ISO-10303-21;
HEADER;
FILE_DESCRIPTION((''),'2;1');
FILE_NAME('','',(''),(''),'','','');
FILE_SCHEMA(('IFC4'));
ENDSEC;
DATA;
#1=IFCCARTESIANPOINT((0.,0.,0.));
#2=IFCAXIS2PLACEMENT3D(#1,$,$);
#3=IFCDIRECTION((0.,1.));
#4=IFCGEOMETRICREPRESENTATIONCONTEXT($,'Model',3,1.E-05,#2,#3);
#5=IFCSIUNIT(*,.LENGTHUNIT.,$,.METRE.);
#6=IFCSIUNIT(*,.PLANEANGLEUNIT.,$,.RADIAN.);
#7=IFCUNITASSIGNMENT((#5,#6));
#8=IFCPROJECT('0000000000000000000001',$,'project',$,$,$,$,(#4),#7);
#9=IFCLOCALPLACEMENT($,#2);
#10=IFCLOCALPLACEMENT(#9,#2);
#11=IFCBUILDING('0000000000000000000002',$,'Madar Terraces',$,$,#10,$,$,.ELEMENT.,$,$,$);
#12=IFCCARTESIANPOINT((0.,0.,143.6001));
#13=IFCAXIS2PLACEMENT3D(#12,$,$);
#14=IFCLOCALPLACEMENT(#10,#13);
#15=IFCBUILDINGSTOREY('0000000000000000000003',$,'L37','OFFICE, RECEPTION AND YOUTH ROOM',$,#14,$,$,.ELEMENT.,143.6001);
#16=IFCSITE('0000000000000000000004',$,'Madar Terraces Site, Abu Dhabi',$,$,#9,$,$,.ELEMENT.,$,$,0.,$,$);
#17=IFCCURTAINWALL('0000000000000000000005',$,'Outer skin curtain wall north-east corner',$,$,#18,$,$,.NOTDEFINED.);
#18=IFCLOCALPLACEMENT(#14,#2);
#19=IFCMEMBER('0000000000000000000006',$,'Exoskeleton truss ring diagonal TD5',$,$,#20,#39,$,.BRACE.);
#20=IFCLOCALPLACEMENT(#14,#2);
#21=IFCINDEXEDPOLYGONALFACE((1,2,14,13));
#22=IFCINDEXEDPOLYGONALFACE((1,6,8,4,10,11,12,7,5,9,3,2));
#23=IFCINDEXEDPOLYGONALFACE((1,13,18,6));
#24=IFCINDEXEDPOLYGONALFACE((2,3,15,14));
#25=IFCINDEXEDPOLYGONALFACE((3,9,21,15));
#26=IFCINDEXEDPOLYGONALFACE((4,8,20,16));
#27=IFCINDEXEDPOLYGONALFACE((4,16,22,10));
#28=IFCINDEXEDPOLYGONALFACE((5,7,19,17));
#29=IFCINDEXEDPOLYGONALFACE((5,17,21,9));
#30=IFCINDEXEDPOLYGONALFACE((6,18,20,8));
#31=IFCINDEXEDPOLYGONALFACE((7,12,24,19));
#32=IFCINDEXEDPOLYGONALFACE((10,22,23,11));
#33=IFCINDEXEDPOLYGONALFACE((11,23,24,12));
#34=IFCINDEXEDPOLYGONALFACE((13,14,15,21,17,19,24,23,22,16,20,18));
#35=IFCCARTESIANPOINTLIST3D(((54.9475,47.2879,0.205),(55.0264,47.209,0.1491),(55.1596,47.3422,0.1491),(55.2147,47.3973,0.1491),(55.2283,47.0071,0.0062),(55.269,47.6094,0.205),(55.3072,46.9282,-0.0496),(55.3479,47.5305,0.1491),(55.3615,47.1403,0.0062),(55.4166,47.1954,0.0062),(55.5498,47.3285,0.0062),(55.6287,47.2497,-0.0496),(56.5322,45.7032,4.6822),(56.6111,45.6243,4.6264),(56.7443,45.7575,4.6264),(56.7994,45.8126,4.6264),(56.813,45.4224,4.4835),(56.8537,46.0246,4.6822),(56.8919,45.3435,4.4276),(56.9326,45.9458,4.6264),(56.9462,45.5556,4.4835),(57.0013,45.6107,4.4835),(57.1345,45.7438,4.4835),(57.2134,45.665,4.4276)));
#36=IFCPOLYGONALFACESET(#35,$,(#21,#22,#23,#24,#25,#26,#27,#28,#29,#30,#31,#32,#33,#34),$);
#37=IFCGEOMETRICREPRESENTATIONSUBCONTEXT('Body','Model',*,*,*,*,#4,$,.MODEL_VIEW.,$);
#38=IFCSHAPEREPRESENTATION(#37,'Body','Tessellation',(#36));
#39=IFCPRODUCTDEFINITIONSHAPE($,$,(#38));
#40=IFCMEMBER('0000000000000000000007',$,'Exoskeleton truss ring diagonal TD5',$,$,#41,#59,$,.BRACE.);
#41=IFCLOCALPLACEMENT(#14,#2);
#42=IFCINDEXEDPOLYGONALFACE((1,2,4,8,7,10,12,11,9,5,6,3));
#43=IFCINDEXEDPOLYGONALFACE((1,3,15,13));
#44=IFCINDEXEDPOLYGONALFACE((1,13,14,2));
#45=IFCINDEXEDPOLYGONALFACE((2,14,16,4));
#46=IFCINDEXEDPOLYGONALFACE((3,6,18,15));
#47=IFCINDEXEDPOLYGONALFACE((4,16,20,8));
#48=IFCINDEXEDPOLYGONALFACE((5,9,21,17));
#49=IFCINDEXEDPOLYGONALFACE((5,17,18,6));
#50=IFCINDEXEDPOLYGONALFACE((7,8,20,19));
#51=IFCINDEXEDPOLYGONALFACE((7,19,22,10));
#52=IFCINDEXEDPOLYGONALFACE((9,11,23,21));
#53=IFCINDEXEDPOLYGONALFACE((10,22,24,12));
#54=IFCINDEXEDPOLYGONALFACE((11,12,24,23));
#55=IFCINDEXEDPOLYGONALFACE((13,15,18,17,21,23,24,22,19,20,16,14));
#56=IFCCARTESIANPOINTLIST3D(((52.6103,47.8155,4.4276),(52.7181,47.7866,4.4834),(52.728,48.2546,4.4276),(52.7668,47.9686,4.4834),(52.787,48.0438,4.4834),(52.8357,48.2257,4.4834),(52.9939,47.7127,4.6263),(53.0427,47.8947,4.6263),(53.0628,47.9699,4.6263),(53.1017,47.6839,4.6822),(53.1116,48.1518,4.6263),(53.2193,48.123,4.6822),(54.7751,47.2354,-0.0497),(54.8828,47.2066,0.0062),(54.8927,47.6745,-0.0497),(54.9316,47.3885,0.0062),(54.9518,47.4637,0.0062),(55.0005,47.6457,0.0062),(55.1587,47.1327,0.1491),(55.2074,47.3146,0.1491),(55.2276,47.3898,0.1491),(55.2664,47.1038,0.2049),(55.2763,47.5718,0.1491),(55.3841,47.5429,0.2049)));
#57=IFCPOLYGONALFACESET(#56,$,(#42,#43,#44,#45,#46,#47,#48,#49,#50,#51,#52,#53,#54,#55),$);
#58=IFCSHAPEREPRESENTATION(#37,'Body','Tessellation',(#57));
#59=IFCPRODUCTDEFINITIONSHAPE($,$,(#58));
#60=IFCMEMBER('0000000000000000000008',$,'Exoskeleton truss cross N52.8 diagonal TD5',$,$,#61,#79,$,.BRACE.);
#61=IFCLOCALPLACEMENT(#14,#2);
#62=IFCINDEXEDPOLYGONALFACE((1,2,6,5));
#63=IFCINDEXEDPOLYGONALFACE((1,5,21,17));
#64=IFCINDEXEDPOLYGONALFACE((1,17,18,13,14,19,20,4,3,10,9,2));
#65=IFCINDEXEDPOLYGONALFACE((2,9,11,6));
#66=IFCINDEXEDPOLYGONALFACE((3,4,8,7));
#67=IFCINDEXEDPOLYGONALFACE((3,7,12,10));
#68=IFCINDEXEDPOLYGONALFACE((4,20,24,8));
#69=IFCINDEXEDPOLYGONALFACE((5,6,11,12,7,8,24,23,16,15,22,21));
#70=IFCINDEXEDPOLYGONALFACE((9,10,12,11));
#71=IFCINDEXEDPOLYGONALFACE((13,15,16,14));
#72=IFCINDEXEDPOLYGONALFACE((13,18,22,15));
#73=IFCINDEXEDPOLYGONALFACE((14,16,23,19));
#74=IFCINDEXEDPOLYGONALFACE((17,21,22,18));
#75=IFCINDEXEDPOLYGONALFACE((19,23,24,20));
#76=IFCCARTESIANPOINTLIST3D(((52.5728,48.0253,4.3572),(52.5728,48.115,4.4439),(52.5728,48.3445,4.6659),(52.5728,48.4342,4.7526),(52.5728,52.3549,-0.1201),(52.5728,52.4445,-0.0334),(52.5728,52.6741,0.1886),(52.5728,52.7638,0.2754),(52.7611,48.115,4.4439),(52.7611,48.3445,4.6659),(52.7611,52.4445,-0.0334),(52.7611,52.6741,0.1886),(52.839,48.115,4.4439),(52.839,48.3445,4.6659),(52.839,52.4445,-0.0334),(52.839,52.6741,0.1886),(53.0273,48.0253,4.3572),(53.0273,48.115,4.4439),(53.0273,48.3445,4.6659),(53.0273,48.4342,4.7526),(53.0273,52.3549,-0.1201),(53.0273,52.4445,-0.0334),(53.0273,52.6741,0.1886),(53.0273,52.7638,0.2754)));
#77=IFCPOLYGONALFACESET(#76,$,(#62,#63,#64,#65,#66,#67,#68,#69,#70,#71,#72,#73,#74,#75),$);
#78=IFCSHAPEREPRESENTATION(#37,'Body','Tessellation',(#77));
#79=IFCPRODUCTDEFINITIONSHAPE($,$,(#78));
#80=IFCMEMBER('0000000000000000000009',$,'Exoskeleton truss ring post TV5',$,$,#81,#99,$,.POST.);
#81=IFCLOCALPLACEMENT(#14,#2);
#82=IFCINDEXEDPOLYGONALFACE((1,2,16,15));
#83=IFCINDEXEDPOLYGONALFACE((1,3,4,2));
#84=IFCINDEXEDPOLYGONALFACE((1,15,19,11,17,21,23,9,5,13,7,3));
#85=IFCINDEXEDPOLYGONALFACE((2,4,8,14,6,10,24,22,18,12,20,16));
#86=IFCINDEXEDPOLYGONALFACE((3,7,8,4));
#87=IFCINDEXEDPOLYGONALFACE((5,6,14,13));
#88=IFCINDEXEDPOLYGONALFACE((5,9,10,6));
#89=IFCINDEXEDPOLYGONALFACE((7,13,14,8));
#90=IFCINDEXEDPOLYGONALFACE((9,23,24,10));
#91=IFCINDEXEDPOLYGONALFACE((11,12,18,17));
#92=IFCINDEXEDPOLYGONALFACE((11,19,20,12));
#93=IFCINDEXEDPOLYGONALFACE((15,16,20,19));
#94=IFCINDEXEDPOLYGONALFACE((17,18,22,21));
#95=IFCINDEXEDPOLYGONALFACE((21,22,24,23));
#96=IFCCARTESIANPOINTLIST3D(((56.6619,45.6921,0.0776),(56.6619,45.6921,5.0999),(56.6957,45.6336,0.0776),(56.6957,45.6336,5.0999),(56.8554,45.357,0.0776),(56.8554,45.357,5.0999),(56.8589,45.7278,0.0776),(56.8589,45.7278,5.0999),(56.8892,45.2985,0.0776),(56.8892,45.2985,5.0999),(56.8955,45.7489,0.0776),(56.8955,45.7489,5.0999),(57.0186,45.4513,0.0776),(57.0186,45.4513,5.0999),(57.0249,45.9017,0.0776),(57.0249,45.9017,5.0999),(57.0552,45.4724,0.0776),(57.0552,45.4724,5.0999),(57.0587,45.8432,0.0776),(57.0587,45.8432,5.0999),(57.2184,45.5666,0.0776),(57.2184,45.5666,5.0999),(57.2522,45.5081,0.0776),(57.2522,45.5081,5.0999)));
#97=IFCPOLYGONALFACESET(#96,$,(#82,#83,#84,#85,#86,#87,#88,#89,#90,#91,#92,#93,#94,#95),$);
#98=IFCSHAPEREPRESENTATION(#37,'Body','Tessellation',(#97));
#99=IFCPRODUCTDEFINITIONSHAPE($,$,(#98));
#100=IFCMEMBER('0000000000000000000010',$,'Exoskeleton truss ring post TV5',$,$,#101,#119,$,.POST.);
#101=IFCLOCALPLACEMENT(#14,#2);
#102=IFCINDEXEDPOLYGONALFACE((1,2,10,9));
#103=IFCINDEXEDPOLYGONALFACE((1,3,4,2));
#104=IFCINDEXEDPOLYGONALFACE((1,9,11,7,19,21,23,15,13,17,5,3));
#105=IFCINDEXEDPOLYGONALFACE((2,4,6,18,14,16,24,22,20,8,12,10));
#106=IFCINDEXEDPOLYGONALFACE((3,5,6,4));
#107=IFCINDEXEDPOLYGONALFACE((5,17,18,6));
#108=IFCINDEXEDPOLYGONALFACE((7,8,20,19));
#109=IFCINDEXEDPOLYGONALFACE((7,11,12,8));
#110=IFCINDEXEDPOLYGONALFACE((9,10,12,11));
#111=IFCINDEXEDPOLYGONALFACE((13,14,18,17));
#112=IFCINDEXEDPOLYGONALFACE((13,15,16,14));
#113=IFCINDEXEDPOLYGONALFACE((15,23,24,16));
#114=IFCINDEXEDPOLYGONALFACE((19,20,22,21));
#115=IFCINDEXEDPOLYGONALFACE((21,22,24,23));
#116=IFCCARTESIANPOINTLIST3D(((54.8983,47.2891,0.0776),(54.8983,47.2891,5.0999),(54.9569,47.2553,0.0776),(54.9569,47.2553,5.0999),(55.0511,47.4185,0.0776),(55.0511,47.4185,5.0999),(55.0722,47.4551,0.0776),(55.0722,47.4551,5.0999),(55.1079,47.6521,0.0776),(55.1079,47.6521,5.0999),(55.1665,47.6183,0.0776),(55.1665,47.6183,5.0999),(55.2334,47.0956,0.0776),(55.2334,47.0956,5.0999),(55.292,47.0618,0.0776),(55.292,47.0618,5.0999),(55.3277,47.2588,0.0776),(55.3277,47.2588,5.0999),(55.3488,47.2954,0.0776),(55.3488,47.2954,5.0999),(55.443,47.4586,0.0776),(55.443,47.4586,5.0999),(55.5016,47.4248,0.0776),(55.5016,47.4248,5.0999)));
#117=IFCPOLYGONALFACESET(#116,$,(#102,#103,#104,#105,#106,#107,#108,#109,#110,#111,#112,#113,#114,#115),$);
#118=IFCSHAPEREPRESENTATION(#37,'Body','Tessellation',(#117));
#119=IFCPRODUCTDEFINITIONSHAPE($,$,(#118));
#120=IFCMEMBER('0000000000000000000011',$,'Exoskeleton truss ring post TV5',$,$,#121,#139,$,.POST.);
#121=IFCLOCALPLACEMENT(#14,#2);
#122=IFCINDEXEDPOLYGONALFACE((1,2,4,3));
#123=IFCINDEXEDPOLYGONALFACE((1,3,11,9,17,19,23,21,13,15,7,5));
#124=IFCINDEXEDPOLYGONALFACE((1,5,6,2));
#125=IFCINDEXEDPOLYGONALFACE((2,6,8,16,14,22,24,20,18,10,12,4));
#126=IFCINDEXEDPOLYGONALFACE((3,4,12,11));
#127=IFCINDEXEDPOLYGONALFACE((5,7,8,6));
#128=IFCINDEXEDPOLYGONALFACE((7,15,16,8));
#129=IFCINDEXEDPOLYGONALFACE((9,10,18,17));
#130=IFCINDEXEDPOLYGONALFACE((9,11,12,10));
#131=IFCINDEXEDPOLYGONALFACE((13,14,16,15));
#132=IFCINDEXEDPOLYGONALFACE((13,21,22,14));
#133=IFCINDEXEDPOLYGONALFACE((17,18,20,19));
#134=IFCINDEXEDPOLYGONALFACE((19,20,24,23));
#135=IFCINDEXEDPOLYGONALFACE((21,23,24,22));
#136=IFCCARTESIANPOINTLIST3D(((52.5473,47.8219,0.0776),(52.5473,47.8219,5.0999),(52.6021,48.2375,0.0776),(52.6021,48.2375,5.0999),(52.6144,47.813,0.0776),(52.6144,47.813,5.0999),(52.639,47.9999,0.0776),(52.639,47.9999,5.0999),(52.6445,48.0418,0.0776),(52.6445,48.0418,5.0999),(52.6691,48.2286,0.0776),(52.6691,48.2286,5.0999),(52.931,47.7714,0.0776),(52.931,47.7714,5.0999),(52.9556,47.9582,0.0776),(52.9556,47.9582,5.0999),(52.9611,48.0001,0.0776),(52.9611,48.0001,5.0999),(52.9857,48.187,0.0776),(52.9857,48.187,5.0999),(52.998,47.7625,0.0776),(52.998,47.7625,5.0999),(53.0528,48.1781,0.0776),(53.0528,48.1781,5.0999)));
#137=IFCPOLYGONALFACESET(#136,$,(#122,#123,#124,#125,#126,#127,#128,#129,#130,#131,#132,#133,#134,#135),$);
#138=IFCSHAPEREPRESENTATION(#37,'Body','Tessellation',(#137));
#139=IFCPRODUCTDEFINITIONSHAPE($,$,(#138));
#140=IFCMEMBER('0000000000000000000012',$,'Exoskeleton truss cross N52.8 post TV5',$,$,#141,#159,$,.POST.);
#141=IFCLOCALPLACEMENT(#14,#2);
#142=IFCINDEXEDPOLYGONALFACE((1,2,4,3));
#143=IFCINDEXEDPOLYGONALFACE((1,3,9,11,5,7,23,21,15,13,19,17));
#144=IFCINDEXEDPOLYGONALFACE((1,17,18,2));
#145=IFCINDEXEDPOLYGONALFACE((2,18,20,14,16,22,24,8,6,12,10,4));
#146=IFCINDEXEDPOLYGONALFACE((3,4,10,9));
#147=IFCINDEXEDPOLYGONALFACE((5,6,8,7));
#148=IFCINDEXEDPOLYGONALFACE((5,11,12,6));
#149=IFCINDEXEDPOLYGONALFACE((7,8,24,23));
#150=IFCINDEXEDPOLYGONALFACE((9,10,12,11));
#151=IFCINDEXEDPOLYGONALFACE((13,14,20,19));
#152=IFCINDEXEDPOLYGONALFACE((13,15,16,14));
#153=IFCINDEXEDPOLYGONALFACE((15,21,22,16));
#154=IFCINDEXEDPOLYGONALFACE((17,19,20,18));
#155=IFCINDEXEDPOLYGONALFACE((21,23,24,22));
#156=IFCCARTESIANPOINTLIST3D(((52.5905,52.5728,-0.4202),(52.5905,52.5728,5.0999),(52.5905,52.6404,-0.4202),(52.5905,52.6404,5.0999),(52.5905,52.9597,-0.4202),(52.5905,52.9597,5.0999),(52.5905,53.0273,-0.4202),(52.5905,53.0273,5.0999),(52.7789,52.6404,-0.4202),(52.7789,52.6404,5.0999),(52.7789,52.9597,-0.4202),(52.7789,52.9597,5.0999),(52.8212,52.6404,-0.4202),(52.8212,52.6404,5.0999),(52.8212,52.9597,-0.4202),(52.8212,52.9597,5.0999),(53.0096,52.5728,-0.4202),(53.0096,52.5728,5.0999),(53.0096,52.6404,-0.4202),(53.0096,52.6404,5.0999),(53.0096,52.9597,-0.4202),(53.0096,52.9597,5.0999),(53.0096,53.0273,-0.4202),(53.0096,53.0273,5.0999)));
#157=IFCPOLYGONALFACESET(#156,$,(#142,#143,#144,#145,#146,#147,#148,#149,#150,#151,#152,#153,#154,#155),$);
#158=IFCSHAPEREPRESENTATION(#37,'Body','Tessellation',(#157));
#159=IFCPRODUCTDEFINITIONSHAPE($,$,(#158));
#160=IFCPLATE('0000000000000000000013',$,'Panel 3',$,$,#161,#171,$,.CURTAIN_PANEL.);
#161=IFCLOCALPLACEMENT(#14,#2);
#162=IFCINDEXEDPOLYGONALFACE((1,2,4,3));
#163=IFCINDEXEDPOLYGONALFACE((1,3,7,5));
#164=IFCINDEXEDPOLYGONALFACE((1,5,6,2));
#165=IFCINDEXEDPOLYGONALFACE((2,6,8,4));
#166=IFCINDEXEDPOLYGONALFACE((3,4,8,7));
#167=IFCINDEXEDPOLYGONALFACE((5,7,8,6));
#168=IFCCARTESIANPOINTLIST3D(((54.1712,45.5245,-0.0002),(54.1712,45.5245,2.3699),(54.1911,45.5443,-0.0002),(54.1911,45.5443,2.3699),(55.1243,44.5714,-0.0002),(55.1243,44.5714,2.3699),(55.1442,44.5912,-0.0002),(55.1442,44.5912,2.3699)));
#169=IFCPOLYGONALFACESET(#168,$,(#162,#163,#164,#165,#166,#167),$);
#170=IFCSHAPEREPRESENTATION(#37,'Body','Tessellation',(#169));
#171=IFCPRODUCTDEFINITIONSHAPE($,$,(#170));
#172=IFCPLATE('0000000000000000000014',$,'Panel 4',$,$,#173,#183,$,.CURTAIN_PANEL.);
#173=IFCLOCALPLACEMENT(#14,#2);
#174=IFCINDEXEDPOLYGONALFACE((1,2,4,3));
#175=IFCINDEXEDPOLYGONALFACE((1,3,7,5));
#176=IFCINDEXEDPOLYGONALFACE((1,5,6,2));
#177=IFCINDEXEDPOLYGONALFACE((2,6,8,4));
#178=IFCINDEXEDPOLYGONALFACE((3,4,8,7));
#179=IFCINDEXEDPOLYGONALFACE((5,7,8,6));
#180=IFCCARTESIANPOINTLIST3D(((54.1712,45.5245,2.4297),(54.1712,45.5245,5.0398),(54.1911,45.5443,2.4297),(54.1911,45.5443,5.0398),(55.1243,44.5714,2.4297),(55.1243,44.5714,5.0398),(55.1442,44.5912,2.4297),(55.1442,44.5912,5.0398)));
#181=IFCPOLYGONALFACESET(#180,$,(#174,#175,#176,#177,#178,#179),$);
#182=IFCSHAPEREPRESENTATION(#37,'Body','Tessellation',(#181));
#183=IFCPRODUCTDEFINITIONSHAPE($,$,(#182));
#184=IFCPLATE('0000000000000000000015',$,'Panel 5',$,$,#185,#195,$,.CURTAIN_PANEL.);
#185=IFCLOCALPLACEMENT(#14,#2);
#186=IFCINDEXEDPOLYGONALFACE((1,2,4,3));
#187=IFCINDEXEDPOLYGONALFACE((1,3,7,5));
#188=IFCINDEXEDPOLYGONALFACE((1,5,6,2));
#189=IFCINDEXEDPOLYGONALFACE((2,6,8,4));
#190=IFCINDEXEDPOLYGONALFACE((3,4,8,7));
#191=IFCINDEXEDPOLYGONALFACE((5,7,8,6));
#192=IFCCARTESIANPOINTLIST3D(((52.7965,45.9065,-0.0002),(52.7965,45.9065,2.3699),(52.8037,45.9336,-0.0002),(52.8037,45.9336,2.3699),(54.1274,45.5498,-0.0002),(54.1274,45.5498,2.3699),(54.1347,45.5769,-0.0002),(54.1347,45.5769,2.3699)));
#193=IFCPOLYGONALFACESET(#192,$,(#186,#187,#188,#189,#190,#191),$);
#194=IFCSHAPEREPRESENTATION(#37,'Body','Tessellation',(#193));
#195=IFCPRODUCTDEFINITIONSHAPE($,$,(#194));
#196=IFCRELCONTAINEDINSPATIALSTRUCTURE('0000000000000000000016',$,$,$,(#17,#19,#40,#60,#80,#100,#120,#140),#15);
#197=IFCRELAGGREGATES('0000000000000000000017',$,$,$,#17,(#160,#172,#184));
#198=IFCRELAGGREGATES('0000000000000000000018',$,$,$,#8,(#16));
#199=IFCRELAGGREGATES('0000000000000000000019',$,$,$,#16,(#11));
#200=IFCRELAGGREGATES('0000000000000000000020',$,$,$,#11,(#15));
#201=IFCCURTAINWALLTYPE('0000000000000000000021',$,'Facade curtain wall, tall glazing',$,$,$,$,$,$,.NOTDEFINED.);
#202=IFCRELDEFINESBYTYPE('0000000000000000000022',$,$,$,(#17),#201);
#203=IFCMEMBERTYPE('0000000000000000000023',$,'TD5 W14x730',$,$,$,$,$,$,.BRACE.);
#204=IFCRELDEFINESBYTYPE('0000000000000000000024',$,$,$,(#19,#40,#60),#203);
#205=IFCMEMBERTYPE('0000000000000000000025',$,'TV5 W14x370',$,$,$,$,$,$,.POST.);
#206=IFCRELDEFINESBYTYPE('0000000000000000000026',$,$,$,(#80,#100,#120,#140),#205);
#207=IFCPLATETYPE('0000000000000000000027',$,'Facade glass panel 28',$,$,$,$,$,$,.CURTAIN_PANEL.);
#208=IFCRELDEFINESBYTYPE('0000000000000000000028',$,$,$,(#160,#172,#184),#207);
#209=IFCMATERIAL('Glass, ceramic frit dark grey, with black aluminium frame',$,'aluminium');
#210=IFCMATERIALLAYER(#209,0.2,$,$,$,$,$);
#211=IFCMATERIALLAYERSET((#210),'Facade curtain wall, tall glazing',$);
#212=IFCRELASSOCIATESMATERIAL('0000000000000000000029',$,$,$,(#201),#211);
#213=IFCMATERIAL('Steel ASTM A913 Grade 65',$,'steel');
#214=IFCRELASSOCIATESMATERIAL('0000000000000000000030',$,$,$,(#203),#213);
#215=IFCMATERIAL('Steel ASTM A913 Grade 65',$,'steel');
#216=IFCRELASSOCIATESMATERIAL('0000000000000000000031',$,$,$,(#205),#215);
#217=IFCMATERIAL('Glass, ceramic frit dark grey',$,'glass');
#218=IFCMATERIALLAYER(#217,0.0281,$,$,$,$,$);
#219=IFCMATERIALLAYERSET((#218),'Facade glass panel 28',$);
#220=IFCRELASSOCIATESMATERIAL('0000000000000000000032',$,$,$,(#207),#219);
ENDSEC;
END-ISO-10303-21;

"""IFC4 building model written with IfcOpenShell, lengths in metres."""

from ifc_helpers import new_model, si_unit, direction, frame, origin, origin_2d, place, context, subcontext, project, spatial, rectangle, i_section, extrude, material, layer, layer_set, material_profile, profile_set, type_object, element, aggregate, save


model = new_model("IFC4")

# Units and contexts
model_context = context("Model", 3, precision=1e-05, world=origin(), true_north=direction((0.0, 1.0)))
body_context = subcontext(model_context, "Body", "Model", "MODEL_VIEW")
ifc_project = project(units=[si_unit("LENGTHUNIT", "METRE"), si_unit("PLANEANGLEUNIT", "RADIAN")], contexts=[model_context])

# Site, building, storey
site_placement = place(None, origin())
site = spatial("IfcSite", under=ifc_project, at=site_placement, Name="Madar Terraces Site, Abu Dhabi", CompositionType="ELEMENT", RefElevation=0.0)
building_placement = place(site_placement, origin())
building = spatial("IfcBuilding", under=site, at=building_placement, Name="Madar Terraces", CompositionType="ELEMENT")
storey_placement = place(building_placement, frame((0.0, 0.0, 143.6001)))
storey = spatial("IfcBuildingStorey", under=building, at=storey_placement, Name="L37", Description="OFFICE, RECEPTION AND YOUTH ROOM", CompositionType="ELEMENT", Elevation=143.6001)

# Curtain wall
ifc_material_1 = material(Name="Glass, ceramic frit dark grey, with black aluminium frame", Category="aluminium")
ifc_layer_1 = layer(ifc_material_1, 0.2)
ifc_layer_set_1 = layer_set([ifc_layer_1], Name="Facade curtain wall, tall glazing")
curtain_wall_type = type_object("IfcCurtainWallType", Name="Facade curtain wall, tall glazing", PredefinedType="NOTDEFINED", material=ifc_layer_set_1)
curtain_wall_placement = place(storey_placement, origin())
curtain_wall = element("IfcCurtainWall", 1, at=curtain_wall_placement, inside=storey, type_object=curtain_wall_type, Name="Outer skin curtain wall north-east corner", PredefinedType="NOTDEFINED")

# Members
ifc_material_2 = material(Name="Steel ASTM A913 Grade 65", Category="steel")
ifc_material_profile_1 = material_profile(ifc_material_2, i_section(OverallWidth=0.4546, OverallDepth=0.5688, WebThickness=0.0779, FlangeThickness=0.1248, at=origin_2d()), Name="W14x730")
ifc_profile_set_1 = profile_set([ifc_material_profile_1], Name="Steel ASTM A913 Grade 65")
member_type_1 = type_object("IfcMemberType", Name="TD5 W14x730", PredefinedType="BRACE", material=ifc_profile_set_1)
for number, where, z_axis, x_axis, name in (
    (2, (56.8728, 45.6841, 4.5549), (-0.316508, 0.316508, -0.894229), (-0.707107, -0.707107, 0.0), "Exoskeleton truss ring diagonal TD5"),
    (3, (55.0796, 47.3892, 0.0776), (-0.432363, 0.115856, 0.894226), (-0.258829, -0.965923, 0.0), "Exoskeleton truss ring diagonal TD5"),
):
    element("IfcMember", number, at=place(storey_placement, frame(where, z_axis=z_axis, x_axis=x_axis)), inside=storey, type_object=member_type_1, Name=name, PredefinedType="BRACE", context=body_context, shape_type="SweptSolid", body=[
        extrude(i_section(OverallWidth=0.4546, OverallDepth=0.5688, WebThickness=0.0779, FlangeThickness=0.1248, at=origin_2d()), origin(), (0.0, 0.0, 1.0), 5.0068),
    ])
member_1_placement = place(storey_placement, frame((52.8, 52.5593, 0.0776), z_axis=(0.0, -0.69515, 0.718865), x_axis=(1.0, 0.0, 0.0)))
element("IfcMember", 4, at=member_1_placement, inside=storey, type_object=member_type_1, Name="Exoskeleton truss cross N52.8 diagonal TD5", PredefinedType="BRACE", context=body_context, shape_type="SweptSolid", body=[
    extrude(i_section(OverallWidth=0.4546, OverallDepth=0.5688, WebThickness=0.0779, FlangeThickness=0.1248, at=origin_2d()), origin(), (0.0, 0.0, 1.0), 6.2283),
])
ifc_material_3 = material(Name="Steel ASTM A913 Grade 65", Category="steel")
ifc_material_profile_2 = material_profile(ifc_material_3, i_section(OverallWidth=0.4192, OverallDepth=0.4546, WebThickness=0.0422, FlangeThickness=0.0676, at=origin_2d()), Name="W14x370")
ifc_profile_set_2 = profile_set([ifc_material_profile_2], Name="Steel ASTM A913 Grade 65")
member_type_2 = type_object("IfcMemberType", Name="TV5 W14x370", PredefinedType="POST", material=ifc_profile_set_2)
for number, where, z_axis, x_axis, name in (
    (5, (56.957, 45.6001, 0.0776), (0.0, 0.0, 1.0), (-0.866025, -0.5, 0.0), "Exoskeleton truss ring post TV5"),
    (6, (55.2, 47.3569, 0.0776), (0.0, 0.0, 1.0), (-0.5, -0.866025, 0.0), "Exoskeleton truss ring post TV5"),
    (7, (52.8, 48.0, 0.0776), (0.0, 0.0, 1.0), (-0.130526, -0.991445, 0.0), "Exoskeleton truss ring post TV5"),
):
    element("IfcMember", number, at=place(storey_placement, frame(where, z_axis=z_axis, x_axis=x_axis)), inside=storey, type_object=member_type_2, Name=name, PredefinedType="POST", context=body_context, shape_type="SweptSolid", body=[
        extrude(i_section(OverallWidth=0.4192, OverallDepth=0.4546, WebThickness=0.0422, FlangeThickness=0.0676, at=origin_2d()), origin(), (0.0, 0.0, 1.0), 5.0222),
    ])
member_2_placement = place(storey_placement, frame((52.8, 52.8, -0.4202), z_axis=(0.0, 0.0, 1.0), x_axis=(-1.0, 0.0, 0.0)))
element("IfcMember", 8, at=member_2_placement, inside=storey, type_object=member_type_2, Name="Exoskeleton truss cross N52.8 post TV5", PredefinedType="POST", context=body_context, shape_type="SweptSolid", body=[
    extrude(i_section(OverallWidth=0.4192, OverallDepth=0.4546, WebThickness=0.0422, FlangeThickness=0.0676, at=origin_2d()), origin(), (0.0, 0.0, 1.0), 5.52),
])

# Plates
ifc_material_4 = material(Name="Glass, ceramic frit dark grey", Category="glass")
ifc_layer_2 = layer(ifc_material_4, 0.0281)
ifc_layer_set_2 = layer_set([ifc_layer_2], Name="Facade glass panel 28")
plate_type = type_object("IfcPlateType", Name="Facade glass panel 28", PredefinedType="CURTAIN_PANEL", material=ifc_layer_set_2)
plate_1_placement = place(storey_placement, frame((54.6577, 45.0579, -0.0002), z_axis=(0.0, 0.0, 1.0), x_axis=(-0.707107, 0.707107, 0.0)))
plate_1 = element("IfcPlate", 9, at=plate_1_placement, type_object=plate_type, Name="Panel 3", PredefinedType="CURTAIN_PANEL", context=body_context, shape_type="SweptSolid", body=[
    extrude(rectangle(XDim=1.3479, YDim=0.0281, at=origin_2d()), origin(), (0.0, 0.0, 1.0), 2.3701),
])
plate_2_placement = place(storey_placement, frame((54.6577, 45.0579, 2.4297), z_axis=(0.0, 0.0, 1.0), x_axis=(-0.707107, 0.707107, 0.0)))
plate_2 = element("IfcPlate", 10, at=plate_2_placement, type_object=plate_type, Name="Panel 4", PredefinedType="CURTAIN_PANEL", context=body_context, shape_type="SweptSolid", body=[
    extrude(rectangle(XDim=1.3479, YDim=0.0281, at=origin_2d()), origin(), (0.0, 0.0, 1.0), 2.6101),
])
plate_3_placement = place(storey_placement, frame((53.4656, 45.7417, -0.0002), z_axis=(0.0, 0.0, 1.0), x_axis=(-0.965926, 0.258819, 0.0)))
plate_3 = element("IfcPlate", 11, at=plate_3_placement, type_object=plate_type, Name="Panel 5", PredefinedType="CURTAIN_PANEL", context=body_context, shape_type="SweptSolid", body=[
    extrude(rectangle(XDim=1.3779, YDim=0.0281, at=origin_2d()), origin(), (0.0, 0.0, 1.0), 2.3701),
])
aggregate(curtain_wall, [plate_1, plate_2, plate_3])

save(model, "model.ifc")
